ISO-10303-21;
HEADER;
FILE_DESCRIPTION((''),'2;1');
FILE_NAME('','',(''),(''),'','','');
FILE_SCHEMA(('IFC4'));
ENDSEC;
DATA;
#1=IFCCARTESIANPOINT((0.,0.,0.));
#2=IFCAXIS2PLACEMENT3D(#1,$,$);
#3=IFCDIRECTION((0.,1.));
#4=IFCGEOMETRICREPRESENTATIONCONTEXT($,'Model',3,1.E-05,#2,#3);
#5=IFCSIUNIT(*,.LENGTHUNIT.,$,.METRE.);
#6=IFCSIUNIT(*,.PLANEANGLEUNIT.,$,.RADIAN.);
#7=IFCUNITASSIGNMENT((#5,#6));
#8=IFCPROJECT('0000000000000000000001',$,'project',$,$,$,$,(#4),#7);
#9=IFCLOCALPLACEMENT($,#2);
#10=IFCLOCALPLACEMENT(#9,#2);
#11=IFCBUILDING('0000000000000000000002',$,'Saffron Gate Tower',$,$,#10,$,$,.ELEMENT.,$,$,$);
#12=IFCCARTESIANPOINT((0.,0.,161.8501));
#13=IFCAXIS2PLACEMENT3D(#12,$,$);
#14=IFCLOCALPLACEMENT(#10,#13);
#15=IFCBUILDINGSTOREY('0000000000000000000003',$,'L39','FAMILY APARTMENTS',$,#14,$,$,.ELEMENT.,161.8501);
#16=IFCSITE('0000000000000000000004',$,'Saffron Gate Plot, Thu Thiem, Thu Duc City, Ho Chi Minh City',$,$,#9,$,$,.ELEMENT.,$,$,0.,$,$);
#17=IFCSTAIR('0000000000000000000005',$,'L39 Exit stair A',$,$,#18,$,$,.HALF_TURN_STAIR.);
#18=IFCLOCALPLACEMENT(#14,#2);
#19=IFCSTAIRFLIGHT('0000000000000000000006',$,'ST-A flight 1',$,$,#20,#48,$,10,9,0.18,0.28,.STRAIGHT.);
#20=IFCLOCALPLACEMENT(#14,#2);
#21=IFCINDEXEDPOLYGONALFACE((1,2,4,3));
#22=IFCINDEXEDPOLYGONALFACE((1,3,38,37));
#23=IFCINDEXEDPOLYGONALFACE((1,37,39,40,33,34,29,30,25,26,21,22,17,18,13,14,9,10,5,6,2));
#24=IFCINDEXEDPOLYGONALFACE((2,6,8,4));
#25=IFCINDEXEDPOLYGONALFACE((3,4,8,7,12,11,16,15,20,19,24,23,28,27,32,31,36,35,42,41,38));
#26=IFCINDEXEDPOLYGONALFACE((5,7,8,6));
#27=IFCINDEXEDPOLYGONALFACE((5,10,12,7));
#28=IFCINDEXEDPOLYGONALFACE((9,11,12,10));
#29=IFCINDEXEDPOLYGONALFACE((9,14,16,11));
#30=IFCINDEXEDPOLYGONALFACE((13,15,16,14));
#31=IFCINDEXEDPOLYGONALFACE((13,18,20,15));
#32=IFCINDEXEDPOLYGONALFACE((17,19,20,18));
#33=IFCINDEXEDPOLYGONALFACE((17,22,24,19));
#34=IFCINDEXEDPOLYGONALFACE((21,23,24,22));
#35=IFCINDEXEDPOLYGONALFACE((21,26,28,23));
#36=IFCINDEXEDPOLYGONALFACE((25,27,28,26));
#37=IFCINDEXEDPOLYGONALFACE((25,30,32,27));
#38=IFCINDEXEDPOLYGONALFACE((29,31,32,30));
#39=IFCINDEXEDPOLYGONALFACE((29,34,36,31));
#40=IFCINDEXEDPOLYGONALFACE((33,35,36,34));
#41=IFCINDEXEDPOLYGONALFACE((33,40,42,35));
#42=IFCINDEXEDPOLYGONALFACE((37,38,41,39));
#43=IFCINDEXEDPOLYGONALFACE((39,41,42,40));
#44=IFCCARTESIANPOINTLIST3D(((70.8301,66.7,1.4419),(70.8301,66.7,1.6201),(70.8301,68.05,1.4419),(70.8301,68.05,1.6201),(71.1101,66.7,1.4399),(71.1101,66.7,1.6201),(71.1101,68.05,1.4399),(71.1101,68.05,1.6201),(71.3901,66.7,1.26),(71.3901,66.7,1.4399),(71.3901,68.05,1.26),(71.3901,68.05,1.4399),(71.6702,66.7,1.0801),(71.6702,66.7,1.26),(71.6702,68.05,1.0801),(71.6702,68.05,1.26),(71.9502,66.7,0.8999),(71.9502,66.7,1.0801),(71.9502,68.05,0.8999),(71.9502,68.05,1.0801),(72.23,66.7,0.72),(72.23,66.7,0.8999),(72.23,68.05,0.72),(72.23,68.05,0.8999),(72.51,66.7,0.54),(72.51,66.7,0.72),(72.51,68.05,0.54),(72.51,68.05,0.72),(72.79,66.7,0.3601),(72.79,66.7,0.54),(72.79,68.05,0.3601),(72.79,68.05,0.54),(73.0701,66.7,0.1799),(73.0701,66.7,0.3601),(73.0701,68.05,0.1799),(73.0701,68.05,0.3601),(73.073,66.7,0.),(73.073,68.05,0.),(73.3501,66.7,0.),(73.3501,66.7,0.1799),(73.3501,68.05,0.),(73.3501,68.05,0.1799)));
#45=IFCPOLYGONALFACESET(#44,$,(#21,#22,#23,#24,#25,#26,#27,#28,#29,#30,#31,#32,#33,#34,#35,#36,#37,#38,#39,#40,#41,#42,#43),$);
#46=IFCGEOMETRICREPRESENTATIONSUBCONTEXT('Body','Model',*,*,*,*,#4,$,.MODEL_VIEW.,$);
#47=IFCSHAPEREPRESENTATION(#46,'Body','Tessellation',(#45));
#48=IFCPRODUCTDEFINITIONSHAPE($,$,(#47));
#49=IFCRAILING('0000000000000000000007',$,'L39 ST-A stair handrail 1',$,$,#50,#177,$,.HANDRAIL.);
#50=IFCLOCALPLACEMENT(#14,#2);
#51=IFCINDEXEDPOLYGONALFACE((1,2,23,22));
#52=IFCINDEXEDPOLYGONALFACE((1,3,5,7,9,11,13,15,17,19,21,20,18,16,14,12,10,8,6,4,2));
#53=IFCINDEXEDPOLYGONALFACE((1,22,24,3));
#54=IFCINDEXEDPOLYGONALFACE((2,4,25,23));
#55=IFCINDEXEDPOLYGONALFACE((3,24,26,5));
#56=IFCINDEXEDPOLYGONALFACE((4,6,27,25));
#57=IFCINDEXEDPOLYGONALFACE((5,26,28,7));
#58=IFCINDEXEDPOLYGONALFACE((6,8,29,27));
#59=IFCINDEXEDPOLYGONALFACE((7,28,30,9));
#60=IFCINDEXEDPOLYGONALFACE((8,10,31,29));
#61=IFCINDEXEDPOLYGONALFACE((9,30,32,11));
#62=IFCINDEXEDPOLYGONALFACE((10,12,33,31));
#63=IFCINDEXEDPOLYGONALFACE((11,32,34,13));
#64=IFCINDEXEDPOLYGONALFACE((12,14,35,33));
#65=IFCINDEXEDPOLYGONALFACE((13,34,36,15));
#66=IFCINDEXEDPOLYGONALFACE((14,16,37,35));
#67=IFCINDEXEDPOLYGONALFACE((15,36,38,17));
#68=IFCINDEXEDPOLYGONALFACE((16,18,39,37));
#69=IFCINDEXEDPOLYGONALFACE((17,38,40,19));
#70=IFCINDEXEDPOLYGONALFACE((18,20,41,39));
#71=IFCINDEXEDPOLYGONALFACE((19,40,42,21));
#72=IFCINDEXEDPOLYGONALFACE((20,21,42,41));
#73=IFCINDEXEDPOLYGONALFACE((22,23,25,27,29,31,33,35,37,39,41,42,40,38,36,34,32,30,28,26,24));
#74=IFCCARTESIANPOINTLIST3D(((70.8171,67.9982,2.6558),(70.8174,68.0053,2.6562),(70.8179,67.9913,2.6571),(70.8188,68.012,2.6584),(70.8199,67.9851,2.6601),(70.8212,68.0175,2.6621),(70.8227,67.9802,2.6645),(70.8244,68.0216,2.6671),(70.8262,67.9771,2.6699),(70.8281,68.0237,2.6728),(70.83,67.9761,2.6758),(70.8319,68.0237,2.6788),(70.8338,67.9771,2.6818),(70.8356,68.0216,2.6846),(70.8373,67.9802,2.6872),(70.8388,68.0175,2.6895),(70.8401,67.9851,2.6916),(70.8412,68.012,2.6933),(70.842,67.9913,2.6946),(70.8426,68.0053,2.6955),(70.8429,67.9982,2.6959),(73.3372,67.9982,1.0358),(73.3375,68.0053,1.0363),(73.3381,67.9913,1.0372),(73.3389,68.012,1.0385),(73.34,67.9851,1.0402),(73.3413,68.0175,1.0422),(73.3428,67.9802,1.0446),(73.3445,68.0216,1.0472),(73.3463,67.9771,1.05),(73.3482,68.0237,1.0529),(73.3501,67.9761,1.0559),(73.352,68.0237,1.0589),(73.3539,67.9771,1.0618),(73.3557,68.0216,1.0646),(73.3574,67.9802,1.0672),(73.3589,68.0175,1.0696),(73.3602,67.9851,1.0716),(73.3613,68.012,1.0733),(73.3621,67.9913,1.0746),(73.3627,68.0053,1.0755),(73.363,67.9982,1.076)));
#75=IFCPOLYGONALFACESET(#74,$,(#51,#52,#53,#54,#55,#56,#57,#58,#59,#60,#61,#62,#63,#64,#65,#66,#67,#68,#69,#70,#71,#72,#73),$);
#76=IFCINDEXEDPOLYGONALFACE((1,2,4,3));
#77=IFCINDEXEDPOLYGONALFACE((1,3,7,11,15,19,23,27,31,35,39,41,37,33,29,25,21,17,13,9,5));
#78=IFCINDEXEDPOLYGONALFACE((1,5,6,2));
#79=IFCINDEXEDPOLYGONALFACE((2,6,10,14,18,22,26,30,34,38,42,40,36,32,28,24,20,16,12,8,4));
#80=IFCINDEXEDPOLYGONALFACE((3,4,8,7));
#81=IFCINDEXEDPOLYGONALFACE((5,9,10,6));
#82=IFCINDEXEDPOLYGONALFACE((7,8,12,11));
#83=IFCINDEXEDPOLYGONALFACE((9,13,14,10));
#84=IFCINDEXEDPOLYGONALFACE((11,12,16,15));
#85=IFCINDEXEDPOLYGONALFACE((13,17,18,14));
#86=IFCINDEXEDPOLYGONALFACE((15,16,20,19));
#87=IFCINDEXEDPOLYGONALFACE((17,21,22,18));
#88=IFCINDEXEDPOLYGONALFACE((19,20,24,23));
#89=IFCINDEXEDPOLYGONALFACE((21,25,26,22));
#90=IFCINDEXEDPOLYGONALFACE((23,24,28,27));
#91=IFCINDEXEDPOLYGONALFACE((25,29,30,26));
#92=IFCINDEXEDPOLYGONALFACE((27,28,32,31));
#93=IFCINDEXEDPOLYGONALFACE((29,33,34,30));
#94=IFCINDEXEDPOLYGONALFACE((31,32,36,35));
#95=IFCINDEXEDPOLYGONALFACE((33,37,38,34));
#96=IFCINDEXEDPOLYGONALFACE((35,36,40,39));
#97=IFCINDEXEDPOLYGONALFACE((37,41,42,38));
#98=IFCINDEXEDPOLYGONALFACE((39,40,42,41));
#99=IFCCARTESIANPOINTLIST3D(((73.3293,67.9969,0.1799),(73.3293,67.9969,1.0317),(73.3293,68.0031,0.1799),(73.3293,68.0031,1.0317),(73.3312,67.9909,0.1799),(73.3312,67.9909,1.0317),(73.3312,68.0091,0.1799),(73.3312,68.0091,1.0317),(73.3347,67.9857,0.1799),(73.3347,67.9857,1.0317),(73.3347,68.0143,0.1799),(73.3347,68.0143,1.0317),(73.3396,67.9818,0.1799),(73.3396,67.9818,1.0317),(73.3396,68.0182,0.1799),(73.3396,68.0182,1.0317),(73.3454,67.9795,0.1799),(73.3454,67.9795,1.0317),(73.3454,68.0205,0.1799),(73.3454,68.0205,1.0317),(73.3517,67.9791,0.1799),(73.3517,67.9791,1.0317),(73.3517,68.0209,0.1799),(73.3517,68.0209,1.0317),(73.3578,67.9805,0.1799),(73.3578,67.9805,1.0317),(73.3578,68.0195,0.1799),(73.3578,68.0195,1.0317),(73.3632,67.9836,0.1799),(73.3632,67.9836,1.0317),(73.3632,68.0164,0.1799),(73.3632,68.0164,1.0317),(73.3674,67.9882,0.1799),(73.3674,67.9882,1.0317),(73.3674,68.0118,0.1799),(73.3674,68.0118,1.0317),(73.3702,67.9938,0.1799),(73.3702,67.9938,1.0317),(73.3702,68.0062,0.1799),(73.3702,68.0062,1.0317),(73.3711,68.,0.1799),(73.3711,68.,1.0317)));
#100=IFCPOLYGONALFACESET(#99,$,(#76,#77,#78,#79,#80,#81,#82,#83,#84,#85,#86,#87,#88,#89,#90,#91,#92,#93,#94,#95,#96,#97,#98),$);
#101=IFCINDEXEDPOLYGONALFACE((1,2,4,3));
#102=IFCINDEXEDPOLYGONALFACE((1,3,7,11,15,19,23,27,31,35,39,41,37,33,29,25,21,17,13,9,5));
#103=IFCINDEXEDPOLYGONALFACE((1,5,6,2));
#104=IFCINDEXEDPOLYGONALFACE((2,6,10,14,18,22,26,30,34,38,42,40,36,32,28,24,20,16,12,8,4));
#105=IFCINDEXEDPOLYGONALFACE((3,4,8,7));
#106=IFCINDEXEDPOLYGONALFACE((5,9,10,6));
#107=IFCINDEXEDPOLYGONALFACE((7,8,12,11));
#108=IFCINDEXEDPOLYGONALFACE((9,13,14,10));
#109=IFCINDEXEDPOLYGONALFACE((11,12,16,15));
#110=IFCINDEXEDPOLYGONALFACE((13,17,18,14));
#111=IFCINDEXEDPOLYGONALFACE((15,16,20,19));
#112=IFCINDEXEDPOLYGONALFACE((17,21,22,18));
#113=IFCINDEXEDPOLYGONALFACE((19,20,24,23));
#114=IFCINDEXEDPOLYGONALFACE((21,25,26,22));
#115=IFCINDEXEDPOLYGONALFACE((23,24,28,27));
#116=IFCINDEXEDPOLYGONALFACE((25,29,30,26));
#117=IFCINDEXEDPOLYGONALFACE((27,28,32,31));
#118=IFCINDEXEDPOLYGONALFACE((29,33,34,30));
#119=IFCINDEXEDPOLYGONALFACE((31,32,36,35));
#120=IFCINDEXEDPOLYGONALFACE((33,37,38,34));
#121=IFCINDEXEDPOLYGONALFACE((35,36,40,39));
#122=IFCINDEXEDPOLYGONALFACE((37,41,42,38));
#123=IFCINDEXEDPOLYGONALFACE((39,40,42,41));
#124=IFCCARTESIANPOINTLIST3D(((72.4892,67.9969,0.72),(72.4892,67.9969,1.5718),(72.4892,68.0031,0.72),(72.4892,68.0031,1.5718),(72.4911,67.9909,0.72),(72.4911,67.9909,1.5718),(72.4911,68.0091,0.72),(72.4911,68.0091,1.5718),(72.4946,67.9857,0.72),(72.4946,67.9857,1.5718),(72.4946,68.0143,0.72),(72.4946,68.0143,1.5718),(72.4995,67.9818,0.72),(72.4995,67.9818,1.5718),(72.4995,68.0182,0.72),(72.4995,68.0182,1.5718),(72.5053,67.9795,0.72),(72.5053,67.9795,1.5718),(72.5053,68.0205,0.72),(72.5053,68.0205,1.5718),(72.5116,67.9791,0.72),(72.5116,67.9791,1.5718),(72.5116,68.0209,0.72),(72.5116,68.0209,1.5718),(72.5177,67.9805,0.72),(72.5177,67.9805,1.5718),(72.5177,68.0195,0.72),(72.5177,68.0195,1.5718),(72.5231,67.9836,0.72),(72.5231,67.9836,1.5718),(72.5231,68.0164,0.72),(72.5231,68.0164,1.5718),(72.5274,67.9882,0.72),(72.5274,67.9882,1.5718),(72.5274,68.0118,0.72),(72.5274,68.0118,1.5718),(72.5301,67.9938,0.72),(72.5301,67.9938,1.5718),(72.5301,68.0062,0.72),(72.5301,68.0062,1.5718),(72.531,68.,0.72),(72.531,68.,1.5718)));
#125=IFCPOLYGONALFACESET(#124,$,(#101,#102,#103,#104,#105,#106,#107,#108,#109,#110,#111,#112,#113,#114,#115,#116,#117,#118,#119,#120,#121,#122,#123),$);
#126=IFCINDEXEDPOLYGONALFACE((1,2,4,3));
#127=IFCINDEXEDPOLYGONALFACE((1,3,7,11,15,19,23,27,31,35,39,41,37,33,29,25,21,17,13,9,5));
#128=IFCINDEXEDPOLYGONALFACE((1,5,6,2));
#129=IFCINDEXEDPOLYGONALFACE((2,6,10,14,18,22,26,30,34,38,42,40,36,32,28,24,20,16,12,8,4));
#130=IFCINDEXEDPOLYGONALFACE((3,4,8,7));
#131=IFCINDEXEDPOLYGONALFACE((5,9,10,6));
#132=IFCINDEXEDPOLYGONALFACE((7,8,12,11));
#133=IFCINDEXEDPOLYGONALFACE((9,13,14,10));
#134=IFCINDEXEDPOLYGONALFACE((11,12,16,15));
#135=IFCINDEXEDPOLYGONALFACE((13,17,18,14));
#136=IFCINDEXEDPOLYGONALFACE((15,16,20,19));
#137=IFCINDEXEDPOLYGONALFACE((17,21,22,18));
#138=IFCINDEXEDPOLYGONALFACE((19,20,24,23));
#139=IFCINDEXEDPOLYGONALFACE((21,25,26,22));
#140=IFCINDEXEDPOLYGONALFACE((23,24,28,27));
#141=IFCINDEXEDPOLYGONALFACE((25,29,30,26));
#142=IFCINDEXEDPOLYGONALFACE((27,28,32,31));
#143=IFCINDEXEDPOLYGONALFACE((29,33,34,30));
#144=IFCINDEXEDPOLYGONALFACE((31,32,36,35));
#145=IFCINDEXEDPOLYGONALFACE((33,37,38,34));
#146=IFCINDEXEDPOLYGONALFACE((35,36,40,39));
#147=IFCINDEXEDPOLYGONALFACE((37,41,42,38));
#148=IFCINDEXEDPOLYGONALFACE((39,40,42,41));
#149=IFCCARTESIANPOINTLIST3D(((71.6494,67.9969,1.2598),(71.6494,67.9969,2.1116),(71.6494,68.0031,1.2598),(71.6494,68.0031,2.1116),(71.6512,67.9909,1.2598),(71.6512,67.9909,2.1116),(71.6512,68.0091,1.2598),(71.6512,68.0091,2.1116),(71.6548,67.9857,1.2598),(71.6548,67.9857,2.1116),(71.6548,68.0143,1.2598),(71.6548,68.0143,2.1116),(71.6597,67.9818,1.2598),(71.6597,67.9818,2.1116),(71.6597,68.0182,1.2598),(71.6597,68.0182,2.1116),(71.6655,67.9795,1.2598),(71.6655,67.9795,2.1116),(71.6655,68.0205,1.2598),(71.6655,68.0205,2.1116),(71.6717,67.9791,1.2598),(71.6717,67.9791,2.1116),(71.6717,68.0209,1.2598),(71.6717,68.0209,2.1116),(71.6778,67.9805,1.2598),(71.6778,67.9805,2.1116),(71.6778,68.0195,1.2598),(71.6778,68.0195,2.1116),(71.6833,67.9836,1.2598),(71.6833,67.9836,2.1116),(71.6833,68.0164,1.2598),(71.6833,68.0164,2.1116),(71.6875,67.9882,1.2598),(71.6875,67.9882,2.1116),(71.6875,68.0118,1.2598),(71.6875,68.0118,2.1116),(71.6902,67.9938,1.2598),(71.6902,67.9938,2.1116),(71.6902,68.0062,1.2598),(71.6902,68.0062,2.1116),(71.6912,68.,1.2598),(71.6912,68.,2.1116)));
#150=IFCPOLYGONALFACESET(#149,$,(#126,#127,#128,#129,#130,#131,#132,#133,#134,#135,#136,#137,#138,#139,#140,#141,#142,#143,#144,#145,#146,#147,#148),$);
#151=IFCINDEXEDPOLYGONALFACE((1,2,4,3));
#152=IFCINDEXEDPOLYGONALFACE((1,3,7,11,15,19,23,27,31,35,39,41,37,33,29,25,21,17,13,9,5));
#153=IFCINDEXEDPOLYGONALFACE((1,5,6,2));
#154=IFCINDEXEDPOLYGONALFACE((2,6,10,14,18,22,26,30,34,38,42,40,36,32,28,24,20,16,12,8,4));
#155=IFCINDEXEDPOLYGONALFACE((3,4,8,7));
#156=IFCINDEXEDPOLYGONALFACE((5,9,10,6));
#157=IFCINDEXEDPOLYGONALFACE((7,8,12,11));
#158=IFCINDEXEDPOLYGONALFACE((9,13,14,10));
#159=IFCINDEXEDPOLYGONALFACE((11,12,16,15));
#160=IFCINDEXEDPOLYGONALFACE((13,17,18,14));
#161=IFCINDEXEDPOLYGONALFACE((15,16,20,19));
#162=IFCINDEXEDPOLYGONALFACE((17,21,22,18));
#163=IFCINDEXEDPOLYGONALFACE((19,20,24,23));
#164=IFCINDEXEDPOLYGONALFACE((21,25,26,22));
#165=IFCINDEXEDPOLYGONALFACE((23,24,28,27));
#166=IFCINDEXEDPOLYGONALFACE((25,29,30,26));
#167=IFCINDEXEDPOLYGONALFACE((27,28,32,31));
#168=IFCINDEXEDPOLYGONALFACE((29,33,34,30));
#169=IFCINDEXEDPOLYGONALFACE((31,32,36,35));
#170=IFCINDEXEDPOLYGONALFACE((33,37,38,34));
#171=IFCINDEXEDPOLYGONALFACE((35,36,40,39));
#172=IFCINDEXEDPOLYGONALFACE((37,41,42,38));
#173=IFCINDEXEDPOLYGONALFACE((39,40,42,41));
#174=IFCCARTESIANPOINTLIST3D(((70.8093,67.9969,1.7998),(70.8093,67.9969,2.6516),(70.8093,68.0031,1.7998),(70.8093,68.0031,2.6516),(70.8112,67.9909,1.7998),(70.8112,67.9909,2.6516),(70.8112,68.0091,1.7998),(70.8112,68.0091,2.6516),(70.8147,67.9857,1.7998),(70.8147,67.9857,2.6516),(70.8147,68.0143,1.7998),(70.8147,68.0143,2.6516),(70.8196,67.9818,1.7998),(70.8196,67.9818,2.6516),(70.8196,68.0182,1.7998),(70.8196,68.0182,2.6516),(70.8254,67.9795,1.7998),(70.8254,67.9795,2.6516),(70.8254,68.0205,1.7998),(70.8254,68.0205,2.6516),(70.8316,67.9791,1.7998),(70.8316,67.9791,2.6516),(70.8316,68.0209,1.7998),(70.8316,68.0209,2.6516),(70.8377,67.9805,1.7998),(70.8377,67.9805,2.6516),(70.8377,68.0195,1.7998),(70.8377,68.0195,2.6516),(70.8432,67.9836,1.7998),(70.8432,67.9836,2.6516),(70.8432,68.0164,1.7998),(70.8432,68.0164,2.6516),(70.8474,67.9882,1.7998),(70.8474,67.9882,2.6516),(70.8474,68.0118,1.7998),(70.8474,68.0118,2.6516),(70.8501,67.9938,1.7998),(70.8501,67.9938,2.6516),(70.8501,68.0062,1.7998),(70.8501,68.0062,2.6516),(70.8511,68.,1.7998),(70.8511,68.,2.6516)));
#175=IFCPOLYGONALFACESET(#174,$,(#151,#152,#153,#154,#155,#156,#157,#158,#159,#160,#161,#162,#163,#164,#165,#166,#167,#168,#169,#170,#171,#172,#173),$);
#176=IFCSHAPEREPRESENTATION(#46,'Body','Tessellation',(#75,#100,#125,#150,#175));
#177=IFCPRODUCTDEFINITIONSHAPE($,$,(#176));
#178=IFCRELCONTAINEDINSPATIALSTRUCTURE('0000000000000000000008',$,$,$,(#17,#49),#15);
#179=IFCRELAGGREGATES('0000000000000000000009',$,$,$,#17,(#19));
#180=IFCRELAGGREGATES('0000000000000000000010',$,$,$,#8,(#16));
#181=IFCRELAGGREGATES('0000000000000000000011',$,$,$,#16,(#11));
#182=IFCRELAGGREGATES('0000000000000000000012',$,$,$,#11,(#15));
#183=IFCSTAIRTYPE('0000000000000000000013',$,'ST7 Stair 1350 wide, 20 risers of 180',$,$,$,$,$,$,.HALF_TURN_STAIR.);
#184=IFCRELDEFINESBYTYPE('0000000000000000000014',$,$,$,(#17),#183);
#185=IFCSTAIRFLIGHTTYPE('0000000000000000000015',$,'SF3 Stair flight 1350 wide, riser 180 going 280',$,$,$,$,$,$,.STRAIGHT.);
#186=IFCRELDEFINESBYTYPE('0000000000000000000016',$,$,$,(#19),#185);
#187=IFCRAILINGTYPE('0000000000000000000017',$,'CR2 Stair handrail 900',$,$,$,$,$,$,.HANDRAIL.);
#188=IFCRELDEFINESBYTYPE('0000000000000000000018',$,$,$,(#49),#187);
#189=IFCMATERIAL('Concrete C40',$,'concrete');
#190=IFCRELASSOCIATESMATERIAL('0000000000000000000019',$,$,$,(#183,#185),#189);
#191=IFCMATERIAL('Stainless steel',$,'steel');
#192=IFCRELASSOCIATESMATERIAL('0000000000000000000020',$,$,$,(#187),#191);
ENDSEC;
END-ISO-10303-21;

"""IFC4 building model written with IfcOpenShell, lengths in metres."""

from ifc_helpers import new_model, si_unit, direction, frame, origin, origin_2d, place, context, subcontext, project, spatial, polyline, circle, outline, extrude, material, type_object, element, aggregate, save


model = new_model("IFC4")

# Units and contexts
model_context = context("Model", 3, precision=1e-05, world=origin(), true_north=direction((0.0, 1.0)))
body_context = subcontext(model_context, "Body", "Model", "MODEL_VIEW")
ifc_project = project(units=[si_unit("LENGTHUNIT", "METRE"), si_unit("PLANEANGLEUNIT", "RADIAN")], contexts=[model_context])

# Site, building, storey
site_placement = place(None, origin())
site = spatial("IfcSite", under=ifc_project, at=site_placement, Name="Saffron Gate Plot, Thu Thiem, Thu Duc City, Ho Chi Minh City", CompositionType="ELEMENT", RefElevation=0.0)
building_placement = place(site_placement, origin())
building = spatial("IfcBuilding", under=site, at=building_placement, Name="Saffron Gate Tower", CompositionType="ELEMENT")
storey_placement = place(building_placement, frame((0.0, 0.0, 161.8501)))
storey = spatial("IfcBuildingStorey", under=building, at=storey_placement, Name="L39", Description="FAMILY APARTMENTS", CompositionType="ELEMENT", Elevation=161.8501)

# Stair, stair flight
ifc_material_1 = material(Name="Concrete C40", Category="concrete")
stair_type = type_object("IfcStairType", Name="ST7 Stair 1350 wide, 20 risers of 180", PredefinedType="HALF_TURN_STAIR", material=ifc_material_1)
stair_placement = place(storey_placement, origin())
stair = element("IfcStair", 1, at=stair_placement, inside=storey, type_object=stair_type, Name="L39 Exit stair A", PredefinedType="HALF_TURN_STAIR")
stair_flight_type = type_object("IfcStairFlightType", Name="SF3 Stair flight 1350 wide, riser 180 going 280", PredefinedType="STRAIGHT", material=ifc_material_1)
stair_flight_placement = place(storey_placement, frame((73.3501, 67.375, 0.0), z_axis=(0.0, 0.0, 1.0), x_axis=(-1.0, 0.0, 0.0)))
stair_flight = element("IfcStairFlight", 2, at=stair_flight_placement, type_object=stair_flight_type, Name="ST-A flight 1", NumberOfRisers=10, NumberOfTreads=9, PredefinedType="STRAIGHT", RiserHeight=0.18, TreadLength=0.28, context=body_context, shape_type="SweptSolid", body=[
    extrude(outline(polyline([(0.0, 0.0), (0.0, 0.1799), (0.28, 0.1799), (0.28, 0.3601), (0.5601, 0.3601), (0.5601, 0.54), (0.8401, 0.54), (0.8401, 0.72), (1.1201, 0.72), (1.1201, 0.8999), (1.3999, 0.8999), (1.3999, 1.0801), (1.6799, 1.0801), (1.6799, 1.26), (1.96, 1.26), (1.96, 1.4399), (2.24, 1.4399), (2.24, 1.6201), (2.52, 1.6201), (2.52, 1.8), (2.52, 1.4419), (0.2771, 0.0), (0.0, 0.0)])), frame((0.0, 0.675, 0.0), z_axis=(0.0, -1.0, 0.0), x_axis=(1.0, 0.0, 0.0)), (0.0, 0.0, 1.0), 1.3501),
])
aggregate(stair, [stair_flight])

# Railing
ifc_material_2 = material(Name="Stainless steel", Category="steel")
railing_type_1 = type_object("IfcRailingType", Name="CR2 Stair handrail 900", PredefinedType="HANDRAIL", material=ifc_material_2)
railing_1_placement = place(storey_placement, frame((73.3501, 68.0, 0.1799)))
element("IfcRailing", 3, at=railing_1_placement, inside=storey, type_object=railing_type_1, Name="L39 ST-A stair handrail 1", PredefinedType="HANDRAIL", context=body_context, shape_type="SweptSolid", body=[
    extrude(circle(Radius=0.0239, at=origin_2d()), frame((0.0, 0.0, 0.876), z_axis=(-0.8412, 0.0, 0.540725), x_axis=(0.0, -1.0, 0.0)), (0.0, 0.0, 1.0), 2.9958),
    extrude(circle(Radius=0.021, at=origin_2d()), origin(), (0.0, 0.0, 1.0), 0.8518),
    extrude(circle(Radius=0.021, at=origin_2d()), frame((-0.8401, 0.0, 0.54)), (0.0, 0.0, 1.0), 0.8518),
    extrude(circle(Radius=0.021, at=origin_2d()), frame((-1.6799, 0.0, 1.0798)), (0.0, 0.0, 1.0), 0.8518),
    extrude(circle(Radius=0.021, at=origin_2d()), frame((-2.52, 0.0, 1.6199)), (0.0, 0.0, 1.0), 0.8518),
])

save(model, "model.ifc")
